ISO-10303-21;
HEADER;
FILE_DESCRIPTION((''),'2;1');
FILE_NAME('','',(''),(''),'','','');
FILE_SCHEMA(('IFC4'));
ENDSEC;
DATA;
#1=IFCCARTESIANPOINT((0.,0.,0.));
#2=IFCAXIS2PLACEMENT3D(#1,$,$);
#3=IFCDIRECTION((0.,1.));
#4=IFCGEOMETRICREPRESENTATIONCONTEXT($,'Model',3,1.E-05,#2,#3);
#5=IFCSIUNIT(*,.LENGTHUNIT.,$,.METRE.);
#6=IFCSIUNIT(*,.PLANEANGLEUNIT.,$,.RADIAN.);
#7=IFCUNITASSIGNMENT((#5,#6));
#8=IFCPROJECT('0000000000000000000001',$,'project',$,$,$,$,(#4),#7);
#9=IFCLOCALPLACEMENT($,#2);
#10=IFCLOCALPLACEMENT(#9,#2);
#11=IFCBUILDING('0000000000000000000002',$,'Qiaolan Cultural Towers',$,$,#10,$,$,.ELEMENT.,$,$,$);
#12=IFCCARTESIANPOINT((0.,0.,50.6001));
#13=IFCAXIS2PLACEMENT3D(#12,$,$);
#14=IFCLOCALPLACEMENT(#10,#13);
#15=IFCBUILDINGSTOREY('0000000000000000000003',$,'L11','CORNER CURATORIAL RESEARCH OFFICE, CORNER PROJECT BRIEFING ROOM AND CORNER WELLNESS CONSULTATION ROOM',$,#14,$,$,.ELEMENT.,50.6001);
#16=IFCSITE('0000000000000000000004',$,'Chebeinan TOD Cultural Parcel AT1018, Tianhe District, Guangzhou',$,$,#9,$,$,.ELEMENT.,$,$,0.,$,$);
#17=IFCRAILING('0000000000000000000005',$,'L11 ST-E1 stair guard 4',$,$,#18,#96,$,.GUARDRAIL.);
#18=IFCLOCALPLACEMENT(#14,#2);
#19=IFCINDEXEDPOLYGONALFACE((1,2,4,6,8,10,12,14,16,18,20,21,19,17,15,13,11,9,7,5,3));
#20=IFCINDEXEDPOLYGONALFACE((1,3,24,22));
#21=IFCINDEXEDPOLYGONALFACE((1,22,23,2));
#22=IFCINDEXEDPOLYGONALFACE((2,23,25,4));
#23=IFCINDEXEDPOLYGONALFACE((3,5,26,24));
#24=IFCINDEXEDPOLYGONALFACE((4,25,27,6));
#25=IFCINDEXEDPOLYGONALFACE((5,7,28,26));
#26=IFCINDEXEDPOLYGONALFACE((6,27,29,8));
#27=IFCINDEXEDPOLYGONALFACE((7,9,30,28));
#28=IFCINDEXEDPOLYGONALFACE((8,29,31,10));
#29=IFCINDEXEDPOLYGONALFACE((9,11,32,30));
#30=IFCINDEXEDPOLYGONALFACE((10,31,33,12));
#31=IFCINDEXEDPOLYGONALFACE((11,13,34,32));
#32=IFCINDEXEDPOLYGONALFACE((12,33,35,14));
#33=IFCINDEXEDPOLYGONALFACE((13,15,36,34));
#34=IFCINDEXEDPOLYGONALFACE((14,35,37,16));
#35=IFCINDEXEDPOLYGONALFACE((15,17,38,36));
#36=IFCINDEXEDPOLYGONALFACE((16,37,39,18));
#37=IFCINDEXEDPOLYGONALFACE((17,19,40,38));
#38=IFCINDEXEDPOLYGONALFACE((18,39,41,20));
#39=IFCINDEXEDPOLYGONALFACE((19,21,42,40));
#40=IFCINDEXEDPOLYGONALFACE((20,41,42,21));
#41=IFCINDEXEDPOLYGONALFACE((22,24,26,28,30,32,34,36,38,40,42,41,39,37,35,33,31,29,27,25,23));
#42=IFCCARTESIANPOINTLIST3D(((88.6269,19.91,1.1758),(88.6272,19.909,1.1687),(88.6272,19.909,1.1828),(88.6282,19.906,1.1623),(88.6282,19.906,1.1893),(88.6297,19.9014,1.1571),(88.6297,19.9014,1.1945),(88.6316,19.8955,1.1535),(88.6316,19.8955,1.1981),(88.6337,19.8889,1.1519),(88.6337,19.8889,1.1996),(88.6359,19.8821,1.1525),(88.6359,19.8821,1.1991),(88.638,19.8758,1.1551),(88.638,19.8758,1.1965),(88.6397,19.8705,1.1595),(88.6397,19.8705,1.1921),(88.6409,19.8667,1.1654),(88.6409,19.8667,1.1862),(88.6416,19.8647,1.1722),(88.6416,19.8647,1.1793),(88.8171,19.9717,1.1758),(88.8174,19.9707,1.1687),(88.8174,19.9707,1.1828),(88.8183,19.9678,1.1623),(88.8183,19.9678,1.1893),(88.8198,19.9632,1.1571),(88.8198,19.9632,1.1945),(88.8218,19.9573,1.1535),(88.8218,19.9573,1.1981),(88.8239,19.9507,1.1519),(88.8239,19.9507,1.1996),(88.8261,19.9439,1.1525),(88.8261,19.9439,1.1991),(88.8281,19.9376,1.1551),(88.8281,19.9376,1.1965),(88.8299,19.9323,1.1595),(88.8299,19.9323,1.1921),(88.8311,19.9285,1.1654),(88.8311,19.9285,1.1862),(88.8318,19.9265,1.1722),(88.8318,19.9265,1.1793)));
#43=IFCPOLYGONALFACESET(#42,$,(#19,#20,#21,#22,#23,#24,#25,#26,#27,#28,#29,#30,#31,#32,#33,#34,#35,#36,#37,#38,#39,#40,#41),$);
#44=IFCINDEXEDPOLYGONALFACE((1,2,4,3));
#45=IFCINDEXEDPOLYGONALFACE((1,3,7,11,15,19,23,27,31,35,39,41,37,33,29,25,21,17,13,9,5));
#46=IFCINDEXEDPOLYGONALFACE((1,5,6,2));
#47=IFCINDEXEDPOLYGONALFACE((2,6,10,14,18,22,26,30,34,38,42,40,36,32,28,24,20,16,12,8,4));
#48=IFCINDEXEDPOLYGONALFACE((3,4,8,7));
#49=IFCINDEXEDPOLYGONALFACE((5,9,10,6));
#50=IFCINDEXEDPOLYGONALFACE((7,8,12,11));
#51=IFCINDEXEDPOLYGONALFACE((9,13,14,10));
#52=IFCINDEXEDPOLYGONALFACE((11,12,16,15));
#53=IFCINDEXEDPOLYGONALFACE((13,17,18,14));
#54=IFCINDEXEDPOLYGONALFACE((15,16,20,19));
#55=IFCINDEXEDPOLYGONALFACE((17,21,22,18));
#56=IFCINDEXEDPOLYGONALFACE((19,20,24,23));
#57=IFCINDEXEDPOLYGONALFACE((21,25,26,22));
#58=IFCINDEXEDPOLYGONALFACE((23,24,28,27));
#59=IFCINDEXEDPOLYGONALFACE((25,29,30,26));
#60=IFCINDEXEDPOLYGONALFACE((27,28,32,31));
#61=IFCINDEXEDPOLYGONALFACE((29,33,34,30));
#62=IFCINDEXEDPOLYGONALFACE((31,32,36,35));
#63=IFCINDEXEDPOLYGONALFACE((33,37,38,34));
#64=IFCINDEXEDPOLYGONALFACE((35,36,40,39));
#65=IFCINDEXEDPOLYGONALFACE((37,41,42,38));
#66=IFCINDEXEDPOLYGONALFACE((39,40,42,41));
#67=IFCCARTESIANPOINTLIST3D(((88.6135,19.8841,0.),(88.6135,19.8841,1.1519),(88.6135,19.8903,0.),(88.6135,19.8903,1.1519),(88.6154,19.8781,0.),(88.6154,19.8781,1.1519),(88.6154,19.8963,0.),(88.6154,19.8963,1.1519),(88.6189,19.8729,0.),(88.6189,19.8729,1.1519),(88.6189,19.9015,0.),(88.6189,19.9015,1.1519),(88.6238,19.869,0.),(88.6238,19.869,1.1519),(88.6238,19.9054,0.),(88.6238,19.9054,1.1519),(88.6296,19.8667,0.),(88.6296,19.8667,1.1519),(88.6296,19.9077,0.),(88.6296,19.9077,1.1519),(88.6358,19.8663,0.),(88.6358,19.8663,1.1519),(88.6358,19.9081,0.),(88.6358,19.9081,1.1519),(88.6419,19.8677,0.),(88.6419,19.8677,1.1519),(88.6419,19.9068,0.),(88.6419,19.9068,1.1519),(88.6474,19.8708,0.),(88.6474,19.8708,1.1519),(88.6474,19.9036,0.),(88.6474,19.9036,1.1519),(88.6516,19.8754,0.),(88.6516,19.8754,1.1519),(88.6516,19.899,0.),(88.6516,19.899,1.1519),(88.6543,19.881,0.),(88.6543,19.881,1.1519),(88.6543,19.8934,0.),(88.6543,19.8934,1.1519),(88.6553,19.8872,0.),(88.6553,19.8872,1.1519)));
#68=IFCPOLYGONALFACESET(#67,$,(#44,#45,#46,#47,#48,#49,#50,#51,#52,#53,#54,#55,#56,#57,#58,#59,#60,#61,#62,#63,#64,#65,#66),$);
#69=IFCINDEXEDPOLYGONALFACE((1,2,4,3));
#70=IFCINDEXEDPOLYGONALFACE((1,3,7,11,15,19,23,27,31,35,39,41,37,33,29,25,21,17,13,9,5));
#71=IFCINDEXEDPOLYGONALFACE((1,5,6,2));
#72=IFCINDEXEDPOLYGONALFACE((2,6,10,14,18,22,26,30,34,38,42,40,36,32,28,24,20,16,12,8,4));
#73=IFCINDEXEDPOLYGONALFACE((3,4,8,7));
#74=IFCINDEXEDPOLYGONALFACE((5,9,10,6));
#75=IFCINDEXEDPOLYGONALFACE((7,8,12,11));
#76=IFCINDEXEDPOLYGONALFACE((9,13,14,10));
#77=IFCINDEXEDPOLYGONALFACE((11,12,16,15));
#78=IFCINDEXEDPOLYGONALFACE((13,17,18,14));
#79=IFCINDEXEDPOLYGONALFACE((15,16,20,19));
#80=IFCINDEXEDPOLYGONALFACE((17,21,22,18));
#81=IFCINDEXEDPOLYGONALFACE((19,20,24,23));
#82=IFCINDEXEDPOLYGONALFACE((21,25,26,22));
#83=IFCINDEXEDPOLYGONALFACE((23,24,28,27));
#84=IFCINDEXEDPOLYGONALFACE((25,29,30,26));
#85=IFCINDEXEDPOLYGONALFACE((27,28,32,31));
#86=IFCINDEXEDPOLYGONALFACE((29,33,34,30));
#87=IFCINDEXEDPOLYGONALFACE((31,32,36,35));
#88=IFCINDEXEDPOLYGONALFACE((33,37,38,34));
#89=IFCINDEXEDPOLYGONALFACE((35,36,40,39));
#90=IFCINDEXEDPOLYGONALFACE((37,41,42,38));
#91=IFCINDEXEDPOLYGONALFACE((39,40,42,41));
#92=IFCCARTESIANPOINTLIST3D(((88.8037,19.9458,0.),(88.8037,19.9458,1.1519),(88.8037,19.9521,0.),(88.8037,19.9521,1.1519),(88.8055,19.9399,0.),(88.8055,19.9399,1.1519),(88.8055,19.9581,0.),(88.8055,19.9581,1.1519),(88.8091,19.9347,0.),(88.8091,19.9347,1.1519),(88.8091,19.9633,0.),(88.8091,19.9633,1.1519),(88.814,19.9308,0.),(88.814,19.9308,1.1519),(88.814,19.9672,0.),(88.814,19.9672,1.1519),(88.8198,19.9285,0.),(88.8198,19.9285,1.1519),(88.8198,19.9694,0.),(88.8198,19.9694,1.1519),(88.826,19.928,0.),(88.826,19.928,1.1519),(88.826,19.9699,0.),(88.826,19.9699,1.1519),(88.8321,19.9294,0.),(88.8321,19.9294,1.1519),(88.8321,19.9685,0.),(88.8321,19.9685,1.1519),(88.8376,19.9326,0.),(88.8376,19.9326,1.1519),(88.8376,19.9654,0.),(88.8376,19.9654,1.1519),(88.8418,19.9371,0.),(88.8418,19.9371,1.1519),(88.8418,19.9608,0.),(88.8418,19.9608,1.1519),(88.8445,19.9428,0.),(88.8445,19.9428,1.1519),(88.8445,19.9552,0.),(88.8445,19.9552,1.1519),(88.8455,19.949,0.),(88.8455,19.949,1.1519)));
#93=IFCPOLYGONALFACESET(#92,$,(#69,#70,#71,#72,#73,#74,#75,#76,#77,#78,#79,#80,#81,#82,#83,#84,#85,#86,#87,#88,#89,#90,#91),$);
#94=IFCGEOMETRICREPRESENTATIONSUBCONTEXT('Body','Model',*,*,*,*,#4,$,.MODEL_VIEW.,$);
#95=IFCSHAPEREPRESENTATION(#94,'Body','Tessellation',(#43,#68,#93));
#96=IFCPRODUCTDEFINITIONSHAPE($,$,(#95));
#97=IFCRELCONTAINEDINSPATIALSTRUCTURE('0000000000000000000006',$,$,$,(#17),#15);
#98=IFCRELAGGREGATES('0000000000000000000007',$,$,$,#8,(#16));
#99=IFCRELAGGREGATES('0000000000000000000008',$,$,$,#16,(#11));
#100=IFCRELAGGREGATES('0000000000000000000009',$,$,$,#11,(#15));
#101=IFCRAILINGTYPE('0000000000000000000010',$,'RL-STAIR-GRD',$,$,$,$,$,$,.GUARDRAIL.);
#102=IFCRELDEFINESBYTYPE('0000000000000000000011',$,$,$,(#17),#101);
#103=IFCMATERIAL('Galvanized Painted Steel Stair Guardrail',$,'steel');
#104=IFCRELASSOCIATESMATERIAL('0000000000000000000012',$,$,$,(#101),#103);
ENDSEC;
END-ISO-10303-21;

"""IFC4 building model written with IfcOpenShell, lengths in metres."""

from ifc_helpers import new_model, si_unit, direction, frame, origin, origin_2d, place, context, subcontext, project, spatial, circle, extrude, material, type_object, element, save


model = new_model("IFC4")

# Units and contexts
model_context = context("Model", 3, precision=1e-05, world=origin(), true_north=direction((0.0, 1.0)))
body_context = subcontext(model_context, "Body", "Model", "MODEL_VIEW")
ifc_project = project(units=[si_unit("LENGTHUNIT", "METRE"), si_unit("PLANEANGLEUNIT", "RADIAN")], contexts=[model_context])

# Site, building, storey
site_placement = place(None, origin())
site = spatial("IfcSite", under=ifc_project, at=site_placement, Name="Chebeinan TOD Cultural Parcel AT1018, Tianhe District, Guangzhou", CompositionType="ELEMENT", RefElevation=0.0)
building_placement = place(site_placement, origin())
building = spatial("IfcBuilding", under=site, at=building_placement, Name="Qiaolan Cultural Towers", CompositionType="ELEMENT")
storey_placement = place(building_placement, frame((0.0, 0.0, 50.6001)))
storey = spatial("IfcBuildingStorey", under=building, at=storey_placement, Name="L11", Description="CORNER CURATORIAL RESEARCH OFFICE, CORNER PROJECT BRIEFING ROOM AND CORNER WELLNESS CONSULTATION ROOM", CompositionType="ELEMENT", Elevation=50.6001)

# Railing
ifc_material_1 = material(Name="Galvanized Painted Steel Stair Guardrail", Category="steel")
railing_type_1 = type_object("IfcRailingType", Name="RL-STAIR-GRD", PredefinedType="GUARDRAIL", material=ifc_material_1)
railing_1_placement = place(storey_placement, frame((88.6343, 19.8872, 0.0)))
element("IfcRailing", 1, at=railing_1_placement, inside=storey, type_object=railing_type_1, Name="L11 ST-E1 stair guard 4", PredefinedType="GUARDRAIL", context=body_context, shape_type="SweptSolid", body=[
    extrude(circle(Radius=0.0239, at=origin_2d()), frame((0.0, 0.0, 1.1758), z_axis=(0.951097, 0.308893, 0.0), x_axis=(-0.308893, 0.951097, 0.0)), (0.0, 0.0, 1.0), 0.2),
    extrude(circle(Radius=0.021, at=origin_2d()), origin(), (0.0, 0.0, 1.0), 1.1519),
    extrude(circle(Radius=0.021, at=origin_2d()), frame((0.1902, 0.0618, 0.0)), (0.0, 0.0, 1.0), 1.1519),
])

save(model, "model.ifc")
